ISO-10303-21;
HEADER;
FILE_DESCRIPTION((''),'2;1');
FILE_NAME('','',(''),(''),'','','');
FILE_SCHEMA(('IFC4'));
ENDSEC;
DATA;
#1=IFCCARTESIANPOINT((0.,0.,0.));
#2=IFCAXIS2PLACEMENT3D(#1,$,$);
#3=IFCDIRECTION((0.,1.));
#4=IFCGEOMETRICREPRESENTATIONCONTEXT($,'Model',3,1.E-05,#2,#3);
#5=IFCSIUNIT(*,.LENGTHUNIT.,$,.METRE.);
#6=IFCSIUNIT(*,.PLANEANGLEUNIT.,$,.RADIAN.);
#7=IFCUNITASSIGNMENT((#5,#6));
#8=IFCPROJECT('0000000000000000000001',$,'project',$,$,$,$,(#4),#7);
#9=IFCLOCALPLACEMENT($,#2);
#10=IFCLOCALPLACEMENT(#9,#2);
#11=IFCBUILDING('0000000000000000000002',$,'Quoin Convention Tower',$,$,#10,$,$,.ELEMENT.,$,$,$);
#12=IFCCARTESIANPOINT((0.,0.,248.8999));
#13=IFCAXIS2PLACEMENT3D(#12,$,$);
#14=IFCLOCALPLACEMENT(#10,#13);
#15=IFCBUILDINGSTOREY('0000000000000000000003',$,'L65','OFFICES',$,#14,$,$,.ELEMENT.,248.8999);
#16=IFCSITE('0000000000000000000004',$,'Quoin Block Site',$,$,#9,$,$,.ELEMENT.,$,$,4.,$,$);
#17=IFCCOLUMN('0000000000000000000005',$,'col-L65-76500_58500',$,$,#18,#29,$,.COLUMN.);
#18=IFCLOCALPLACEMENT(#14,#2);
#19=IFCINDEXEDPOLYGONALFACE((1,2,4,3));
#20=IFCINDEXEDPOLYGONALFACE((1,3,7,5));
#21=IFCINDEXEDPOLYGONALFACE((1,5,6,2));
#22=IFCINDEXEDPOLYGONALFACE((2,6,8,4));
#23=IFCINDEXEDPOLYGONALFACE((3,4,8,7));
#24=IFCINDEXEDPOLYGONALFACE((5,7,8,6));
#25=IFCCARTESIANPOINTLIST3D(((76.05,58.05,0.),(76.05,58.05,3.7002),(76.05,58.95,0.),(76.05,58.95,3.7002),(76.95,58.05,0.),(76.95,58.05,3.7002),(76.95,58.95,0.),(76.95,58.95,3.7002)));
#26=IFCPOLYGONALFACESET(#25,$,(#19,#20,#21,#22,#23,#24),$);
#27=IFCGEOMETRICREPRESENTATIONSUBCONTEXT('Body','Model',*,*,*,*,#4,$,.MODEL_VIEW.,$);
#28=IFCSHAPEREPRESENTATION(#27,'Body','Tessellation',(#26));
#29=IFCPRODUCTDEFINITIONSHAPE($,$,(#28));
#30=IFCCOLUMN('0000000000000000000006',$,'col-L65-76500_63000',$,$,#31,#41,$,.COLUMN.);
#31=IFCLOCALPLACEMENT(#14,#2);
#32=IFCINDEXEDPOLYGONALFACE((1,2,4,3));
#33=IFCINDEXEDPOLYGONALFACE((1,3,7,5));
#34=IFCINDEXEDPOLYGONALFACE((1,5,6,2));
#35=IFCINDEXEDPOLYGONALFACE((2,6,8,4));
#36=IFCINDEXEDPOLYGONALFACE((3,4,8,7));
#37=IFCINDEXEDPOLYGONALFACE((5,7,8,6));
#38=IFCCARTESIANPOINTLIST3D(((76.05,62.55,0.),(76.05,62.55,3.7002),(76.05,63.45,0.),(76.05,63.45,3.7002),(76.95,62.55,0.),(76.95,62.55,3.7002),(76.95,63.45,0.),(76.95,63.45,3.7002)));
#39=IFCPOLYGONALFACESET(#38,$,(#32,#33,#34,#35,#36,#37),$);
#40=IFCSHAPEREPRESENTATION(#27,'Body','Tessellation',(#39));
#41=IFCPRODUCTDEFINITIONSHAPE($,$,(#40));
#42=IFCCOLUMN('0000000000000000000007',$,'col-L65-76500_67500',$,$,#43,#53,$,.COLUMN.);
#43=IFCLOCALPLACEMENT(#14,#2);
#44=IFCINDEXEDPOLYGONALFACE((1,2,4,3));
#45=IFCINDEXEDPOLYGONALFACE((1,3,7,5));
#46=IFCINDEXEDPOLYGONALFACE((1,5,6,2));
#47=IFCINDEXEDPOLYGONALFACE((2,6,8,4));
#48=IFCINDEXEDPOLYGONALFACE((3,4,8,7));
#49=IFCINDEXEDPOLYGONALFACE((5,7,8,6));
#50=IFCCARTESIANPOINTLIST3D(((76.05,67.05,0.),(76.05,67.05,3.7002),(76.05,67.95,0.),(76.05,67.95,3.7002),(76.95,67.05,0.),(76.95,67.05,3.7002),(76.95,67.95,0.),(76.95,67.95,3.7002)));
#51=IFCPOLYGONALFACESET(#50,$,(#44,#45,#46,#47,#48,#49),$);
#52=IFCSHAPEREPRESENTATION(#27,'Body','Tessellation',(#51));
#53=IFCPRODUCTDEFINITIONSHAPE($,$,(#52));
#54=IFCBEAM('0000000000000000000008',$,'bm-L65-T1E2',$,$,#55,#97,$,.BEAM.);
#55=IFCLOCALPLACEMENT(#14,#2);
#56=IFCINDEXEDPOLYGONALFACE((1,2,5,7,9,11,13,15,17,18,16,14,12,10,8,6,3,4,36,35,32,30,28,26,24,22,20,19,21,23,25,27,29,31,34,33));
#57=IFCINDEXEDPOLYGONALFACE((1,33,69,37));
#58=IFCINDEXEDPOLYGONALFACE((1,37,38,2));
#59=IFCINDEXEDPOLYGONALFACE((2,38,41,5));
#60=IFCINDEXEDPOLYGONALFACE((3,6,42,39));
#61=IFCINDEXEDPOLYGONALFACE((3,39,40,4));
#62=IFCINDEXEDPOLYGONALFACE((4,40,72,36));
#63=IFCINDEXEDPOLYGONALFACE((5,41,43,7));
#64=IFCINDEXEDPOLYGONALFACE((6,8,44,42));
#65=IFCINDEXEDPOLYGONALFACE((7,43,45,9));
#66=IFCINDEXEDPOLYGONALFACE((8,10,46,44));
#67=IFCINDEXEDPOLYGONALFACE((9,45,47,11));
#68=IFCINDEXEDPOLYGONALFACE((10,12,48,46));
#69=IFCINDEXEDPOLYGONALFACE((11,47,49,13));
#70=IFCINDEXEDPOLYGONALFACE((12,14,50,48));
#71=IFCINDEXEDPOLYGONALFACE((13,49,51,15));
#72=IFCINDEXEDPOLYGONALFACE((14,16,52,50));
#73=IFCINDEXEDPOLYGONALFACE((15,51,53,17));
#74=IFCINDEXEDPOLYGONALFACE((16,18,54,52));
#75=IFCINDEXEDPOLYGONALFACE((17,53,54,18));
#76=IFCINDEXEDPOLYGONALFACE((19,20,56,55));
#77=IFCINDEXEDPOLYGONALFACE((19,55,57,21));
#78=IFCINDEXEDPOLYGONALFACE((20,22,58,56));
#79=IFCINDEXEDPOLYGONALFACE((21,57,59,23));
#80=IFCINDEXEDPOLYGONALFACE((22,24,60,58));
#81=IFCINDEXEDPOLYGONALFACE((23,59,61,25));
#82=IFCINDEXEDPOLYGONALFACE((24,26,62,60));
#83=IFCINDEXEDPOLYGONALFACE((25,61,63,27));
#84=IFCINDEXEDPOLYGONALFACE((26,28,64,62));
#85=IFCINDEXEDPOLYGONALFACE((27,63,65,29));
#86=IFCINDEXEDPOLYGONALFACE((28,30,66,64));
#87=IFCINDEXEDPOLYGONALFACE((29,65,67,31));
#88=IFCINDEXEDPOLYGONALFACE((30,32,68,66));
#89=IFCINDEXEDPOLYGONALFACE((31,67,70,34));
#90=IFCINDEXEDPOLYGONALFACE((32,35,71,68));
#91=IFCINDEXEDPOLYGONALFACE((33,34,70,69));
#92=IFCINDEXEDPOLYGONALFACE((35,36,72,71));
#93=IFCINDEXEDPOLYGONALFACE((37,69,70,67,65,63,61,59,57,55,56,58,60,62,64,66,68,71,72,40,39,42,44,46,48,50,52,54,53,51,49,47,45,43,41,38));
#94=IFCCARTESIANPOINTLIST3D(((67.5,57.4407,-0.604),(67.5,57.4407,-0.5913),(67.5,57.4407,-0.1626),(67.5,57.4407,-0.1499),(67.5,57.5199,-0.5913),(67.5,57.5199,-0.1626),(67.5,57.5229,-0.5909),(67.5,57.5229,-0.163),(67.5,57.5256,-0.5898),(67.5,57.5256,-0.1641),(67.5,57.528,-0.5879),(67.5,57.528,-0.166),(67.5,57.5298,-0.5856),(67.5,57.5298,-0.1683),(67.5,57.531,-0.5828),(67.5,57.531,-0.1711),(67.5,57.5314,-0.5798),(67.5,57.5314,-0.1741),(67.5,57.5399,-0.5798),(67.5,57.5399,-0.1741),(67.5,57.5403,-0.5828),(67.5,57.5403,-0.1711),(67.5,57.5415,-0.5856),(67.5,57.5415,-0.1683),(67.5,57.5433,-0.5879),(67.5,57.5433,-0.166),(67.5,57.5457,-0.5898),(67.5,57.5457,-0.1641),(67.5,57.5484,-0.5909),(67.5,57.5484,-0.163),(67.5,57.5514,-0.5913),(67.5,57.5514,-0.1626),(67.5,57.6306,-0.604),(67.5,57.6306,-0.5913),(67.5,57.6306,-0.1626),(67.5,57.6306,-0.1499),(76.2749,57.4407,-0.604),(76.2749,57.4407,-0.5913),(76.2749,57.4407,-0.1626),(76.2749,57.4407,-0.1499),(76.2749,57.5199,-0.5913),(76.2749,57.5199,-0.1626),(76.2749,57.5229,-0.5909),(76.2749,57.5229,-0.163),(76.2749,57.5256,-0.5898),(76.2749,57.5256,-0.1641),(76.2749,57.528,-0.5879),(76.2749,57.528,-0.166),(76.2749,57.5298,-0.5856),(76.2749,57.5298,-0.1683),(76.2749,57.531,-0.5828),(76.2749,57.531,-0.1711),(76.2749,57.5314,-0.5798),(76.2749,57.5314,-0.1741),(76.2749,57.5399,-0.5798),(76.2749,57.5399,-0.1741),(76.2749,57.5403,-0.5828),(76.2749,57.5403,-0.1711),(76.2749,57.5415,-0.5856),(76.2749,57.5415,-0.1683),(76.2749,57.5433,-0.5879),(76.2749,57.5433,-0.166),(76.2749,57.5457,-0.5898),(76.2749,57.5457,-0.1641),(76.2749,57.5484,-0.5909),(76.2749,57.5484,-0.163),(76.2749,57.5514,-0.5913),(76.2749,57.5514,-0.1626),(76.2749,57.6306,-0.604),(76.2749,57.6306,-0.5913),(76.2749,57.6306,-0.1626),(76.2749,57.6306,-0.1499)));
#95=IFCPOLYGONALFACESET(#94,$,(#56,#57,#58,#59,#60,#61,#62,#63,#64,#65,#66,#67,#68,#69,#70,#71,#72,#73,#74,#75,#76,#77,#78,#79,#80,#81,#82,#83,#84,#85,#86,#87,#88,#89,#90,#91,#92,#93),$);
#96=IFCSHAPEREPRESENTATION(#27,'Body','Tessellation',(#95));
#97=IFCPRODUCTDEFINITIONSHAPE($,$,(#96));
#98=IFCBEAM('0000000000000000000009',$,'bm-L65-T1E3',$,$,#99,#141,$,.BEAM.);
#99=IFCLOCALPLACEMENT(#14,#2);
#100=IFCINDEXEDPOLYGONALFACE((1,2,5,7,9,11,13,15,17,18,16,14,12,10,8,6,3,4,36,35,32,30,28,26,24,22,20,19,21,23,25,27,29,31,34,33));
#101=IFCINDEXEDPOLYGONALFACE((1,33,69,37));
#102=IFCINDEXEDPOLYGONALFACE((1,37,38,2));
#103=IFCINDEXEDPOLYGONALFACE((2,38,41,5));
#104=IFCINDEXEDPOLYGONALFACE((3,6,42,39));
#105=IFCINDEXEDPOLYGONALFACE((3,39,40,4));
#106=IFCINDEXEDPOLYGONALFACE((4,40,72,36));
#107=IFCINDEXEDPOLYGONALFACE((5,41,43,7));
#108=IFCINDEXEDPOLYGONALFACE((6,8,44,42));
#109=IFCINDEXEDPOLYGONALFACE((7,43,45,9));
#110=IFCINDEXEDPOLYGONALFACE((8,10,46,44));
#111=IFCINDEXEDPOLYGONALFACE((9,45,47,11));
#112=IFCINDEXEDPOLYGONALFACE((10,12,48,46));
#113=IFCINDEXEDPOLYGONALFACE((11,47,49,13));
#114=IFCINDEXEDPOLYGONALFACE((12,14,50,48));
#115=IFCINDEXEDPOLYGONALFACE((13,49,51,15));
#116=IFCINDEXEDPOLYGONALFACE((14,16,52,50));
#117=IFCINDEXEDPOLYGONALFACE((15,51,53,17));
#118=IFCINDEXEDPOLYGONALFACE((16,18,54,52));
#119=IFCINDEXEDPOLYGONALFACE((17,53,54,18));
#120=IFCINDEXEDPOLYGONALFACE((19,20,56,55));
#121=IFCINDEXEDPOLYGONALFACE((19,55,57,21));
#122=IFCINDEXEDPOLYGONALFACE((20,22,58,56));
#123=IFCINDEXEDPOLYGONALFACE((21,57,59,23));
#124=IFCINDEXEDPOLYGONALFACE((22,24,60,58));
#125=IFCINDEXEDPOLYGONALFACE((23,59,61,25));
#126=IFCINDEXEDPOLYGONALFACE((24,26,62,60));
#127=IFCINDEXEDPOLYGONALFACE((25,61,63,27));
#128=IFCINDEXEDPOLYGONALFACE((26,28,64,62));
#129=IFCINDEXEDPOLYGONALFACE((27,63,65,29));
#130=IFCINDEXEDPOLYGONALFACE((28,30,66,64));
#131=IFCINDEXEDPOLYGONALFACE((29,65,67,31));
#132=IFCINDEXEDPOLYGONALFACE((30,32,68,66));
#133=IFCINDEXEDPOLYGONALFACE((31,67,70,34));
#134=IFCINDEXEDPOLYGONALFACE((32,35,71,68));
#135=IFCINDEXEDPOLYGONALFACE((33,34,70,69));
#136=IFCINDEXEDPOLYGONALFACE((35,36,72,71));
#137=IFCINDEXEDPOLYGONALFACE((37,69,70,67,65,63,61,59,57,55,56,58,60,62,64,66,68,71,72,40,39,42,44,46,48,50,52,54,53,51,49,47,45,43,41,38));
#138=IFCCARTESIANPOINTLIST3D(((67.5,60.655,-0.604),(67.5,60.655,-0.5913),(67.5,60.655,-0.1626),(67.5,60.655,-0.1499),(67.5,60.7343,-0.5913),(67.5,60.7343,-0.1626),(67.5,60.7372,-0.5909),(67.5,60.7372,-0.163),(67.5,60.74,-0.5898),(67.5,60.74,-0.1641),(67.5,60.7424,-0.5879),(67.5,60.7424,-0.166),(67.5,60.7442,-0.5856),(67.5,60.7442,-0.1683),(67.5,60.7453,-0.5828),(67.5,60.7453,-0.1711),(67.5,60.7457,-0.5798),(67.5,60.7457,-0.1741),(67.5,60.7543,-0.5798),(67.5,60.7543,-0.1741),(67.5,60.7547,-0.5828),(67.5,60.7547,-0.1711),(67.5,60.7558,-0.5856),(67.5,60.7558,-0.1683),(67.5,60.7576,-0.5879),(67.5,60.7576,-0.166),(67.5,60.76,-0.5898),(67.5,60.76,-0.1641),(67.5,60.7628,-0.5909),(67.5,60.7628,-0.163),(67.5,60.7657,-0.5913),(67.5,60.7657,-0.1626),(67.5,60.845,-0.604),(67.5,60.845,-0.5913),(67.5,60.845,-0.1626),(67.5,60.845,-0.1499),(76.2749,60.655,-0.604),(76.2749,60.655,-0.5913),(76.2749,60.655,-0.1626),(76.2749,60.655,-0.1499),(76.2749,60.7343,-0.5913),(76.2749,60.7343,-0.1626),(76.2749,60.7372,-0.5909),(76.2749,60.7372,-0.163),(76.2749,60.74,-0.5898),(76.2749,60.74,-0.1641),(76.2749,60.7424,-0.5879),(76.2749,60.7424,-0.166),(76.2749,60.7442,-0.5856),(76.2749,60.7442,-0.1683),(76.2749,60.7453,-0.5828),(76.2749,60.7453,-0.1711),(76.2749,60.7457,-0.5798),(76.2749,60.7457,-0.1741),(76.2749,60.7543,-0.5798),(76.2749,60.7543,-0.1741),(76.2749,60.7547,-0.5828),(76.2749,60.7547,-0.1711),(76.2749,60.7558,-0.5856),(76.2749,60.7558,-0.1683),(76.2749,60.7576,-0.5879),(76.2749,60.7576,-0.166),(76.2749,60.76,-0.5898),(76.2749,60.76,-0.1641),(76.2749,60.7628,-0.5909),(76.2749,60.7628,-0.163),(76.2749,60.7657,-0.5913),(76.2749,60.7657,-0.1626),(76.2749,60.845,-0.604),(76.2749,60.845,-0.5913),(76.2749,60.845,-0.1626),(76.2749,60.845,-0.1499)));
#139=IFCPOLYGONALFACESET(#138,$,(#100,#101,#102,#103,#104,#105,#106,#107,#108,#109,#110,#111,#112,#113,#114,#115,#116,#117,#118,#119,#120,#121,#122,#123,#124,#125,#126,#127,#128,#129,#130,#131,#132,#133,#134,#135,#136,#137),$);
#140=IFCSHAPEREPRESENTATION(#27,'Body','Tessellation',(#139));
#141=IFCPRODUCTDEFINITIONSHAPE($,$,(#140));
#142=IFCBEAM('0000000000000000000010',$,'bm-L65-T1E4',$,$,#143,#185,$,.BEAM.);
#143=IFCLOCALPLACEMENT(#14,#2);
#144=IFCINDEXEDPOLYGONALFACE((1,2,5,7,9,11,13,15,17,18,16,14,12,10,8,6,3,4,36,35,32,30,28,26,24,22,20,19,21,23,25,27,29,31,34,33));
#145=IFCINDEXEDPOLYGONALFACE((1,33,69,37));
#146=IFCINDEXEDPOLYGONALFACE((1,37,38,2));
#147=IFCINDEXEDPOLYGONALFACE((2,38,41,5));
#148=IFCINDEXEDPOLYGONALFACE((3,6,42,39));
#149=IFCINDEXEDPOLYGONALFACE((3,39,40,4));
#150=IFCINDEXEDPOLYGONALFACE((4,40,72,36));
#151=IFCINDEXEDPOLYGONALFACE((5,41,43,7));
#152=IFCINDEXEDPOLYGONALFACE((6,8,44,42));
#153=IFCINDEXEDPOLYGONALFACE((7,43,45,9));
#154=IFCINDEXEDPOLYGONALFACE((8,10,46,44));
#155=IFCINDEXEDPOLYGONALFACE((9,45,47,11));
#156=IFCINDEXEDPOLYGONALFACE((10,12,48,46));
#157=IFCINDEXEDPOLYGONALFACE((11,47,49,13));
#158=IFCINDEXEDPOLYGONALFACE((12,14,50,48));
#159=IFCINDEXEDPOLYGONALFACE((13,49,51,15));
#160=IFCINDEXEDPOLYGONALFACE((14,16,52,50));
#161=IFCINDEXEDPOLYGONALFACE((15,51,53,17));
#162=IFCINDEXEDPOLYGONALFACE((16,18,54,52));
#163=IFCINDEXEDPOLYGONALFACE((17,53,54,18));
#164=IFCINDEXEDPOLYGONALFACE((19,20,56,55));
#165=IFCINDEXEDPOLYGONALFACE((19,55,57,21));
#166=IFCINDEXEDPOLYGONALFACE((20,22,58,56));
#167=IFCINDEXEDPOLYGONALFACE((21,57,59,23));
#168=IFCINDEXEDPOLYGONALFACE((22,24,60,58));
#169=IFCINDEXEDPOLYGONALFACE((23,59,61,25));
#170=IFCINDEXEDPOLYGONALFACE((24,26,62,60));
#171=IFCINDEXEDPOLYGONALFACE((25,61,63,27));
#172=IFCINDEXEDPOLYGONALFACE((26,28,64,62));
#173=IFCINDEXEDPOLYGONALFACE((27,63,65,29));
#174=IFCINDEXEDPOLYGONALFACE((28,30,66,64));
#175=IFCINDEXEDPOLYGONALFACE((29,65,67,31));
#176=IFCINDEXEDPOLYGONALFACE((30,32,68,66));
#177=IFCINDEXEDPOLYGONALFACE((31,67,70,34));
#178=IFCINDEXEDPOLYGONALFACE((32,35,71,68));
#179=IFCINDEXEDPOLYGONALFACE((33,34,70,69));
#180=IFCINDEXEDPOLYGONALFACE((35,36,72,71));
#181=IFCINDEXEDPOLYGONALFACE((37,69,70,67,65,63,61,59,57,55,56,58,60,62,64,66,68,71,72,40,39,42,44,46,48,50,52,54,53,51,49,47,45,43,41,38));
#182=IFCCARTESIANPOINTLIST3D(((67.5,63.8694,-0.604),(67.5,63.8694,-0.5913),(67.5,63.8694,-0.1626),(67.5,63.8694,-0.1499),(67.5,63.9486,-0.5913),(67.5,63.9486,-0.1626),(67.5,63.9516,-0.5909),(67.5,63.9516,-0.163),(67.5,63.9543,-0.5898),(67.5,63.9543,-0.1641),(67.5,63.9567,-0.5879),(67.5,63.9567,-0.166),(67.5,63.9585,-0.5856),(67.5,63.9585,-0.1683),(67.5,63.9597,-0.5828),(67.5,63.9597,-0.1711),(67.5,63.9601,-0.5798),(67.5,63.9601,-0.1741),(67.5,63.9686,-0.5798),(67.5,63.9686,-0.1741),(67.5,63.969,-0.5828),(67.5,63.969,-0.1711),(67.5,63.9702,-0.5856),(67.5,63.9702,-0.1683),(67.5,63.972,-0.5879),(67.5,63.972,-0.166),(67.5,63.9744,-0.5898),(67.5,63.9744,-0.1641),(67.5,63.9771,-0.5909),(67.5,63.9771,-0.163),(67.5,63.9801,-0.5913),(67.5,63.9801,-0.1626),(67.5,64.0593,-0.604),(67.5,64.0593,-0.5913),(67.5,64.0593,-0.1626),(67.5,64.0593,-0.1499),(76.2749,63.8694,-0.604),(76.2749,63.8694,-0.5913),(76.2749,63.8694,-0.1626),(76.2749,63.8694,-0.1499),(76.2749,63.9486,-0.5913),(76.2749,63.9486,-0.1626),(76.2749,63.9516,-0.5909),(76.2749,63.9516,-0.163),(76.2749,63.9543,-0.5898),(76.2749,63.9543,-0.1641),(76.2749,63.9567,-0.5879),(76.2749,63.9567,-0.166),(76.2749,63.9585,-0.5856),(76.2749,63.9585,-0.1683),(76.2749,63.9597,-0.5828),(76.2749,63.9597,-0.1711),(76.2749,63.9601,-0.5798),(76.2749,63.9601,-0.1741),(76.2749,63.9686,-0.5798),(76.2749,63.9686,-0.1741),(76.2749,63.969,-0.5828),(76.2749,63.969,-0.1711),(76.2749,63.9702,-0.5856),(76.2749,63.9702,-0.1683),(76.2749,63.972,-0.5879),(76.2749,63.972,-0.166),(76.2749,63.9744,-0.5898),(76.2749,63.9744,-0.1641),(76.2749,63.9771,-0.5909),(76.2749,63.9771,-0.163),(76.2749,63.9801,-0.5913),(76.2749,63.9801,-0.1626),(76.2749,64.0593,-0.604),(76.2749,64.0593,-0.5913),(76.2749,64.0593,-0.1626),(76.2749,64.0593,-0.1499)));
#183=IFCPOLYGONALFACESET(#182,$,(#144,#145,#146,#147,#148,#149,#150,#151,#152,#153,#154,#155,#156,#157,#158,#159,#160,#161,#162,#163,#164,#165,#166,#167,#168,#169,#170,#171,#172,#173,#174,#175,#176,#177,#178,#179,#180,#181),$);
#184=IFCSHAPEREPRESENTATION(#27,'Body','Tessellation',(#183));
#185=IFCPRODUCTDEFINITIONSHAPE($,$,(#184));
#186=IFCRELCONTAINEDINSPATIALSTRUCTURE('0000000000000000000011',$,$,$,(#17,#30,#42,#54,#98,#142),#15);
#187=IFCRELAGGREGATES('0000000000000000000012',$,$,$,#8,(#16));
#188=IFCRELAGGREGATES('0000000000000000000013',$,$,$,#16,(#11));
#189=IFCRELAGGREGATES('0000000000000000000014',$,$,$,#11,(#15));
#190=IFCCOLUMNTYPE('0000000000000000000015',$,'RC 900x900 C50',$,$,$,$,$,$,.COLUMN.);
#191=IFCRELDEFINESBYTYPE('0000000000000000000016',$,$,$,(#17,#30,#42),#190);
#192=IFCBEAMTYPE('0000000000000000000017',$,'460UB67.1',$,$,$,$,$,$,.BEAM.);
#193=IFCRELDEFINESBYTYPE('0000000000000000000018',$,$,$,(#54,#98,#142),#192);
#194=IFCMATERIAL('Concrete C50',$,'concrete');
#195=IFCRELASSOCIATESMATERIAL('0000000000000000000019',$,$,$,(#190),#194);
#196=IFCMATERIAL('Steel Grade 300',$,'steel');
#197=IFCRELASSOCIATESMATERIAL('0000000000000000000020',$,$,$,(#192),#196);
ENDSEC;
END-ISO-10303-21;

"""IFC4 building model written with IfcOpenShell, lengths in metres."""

from ifc_helpers import new_model, si_unit, direction, frame, origin, origin_2d, place, context, subcontext, project, spatial, rectangle, i_section, extrude, material, material_profile, profile_set, type_object, element, save


model = new_model("IFC4")

# Units and contexts
model_context = context("Model", 3, precision=1e-05, world=origin(), true_north=direction((0.0, 1.0)))
body_context = subcontext(model_context, "Body", "Model", "MODEL_VIEW")
ifc_project = project(units=[si_unit("LENGTHUNIT", "METRE"), si_unit("PLANEANGLEUNIT", "RADIAN")], contexts=[model_context])

# Site, building, storey
site_placement = place(None, origin())
site = spatial("IfcSite", under=ifc_project, at=site_placement, Name="Quoin Block Site", CompositionType="ELEMENT", RefElevation=4.0)
building_placement = place(site_placement, origin())
building = spatial("IfcBuilding", under=site, at=building_placement, Name="Quoin Convention Tower", CompositionType="ELEMENT")
storey_placement = place(building_placement, frame((0.0, 0.0, 248.8999)))
storey = spatial("IfcBuildingStorey", under=building, at=storey_placement, Name="L65", Description="OFFICES", CompositionType="ELEMENT", Elevation=248.8999)

# Columns
ifc_material_1 = material(Name="Concrete C50", Category="concrete")
ifc_material_profile_1 = material_profile(ifc_material_1, rectangle(XDim=0.8999, YDim=0.8999, at=origin_2d()), Name="RC 900x900")
ifc_profile_set_1 = profile_set([ifc_material_profile_1], Name="Concrete C50")
column_type = type_object("IfcColumnType", Name="RC 900x900 C50", PredefinedType="COLUMN", material=ifc_profile_set_1)
for number, where, z_axis, x_axis, name in (
    (1, (76.5, 58.5, 0.0), (0.0, 0.0, 1.0), (1.0, 0.0, 0.0), "col-L65-76500_58500"),
    (2, (76.5, 63.0, 0.0), (0.0, 0.0, 1.0), (1.0, 0.0, 0.0), "col-L65-76500_63000"),
    (3, (76.5, 67.5, 0.0), (0.0, 0.0, 1.0), (1.0, 0.0, 0.0), "col-L65-76500_67500"),
):
    element("IfcColumn", number, at=place(storey_placement, frame(where, z_axis=z_axis, x_axis=x_axis)), inside=storey, type_object=column_type, Name=name, PredefinedType="COLUMN", context=body_context, shape_type="SweptSolid", body=[
        extrude(rectangle(XDim=0.8999, YDim=0.8999, at=origin_2d()), origin(), (0.0, 0.0, 1.0), 3.7002),
    ])

# Beams
ifc_material_2 = material(Name="Steel Grade 300", Category="steel")
ifc_material_profile_2 = material_profile(ifc_material_2, i_section(OverallWidth=0.1899, OverallDepth=0.4541, WebThickness=0.0085, FlangeThickness=0.0127, FilletRadius=0.0115, at=origin_2d()), Name="460UB67.1")
ifc_profile_set_2 = profile_set([ifc_material_profile_2], Name="Steel Grade 300")
beam_type_1 = type_object("IfcBeamType", Name="460UB67.1", PredefinedType="BEAM", material=ifc_profile_set_2)
for number, where, z_axis, x_axis, name in (
    (4, (67.5, 57.5356, -0.377), (1.0, 0.0, 0.0), (0.0, 1.0, 0.0), "bm-L65-T1E2"),
    (5, (67.5, 60.75, -0.377), (1.0, 0.0, 0.0), (0.0, 1.0, 0.0), "bm-L65-T1E3"),
    (6, (67.5, 63.9644, -0.377), (1.0, 0.0, 0.0), (0.0, 1.0, 0.0), "bm-L65-T1E4"),
):
    element("IfcBeam", number, at=place(storey_placement, frame(where, z_axis=z_axis, x_axis=x_axis)), inside=storey, type_object=beam_type_1, Name=name, PredefinedType="BEAM", context=body_context, shape_type="SweptSolid", body=[
        extrude(i_section(OverallWidth=0.1899, OverallDepth=0.4541, WebThickness=0.0085, FlangeThickness=0.0127, FilletRadius=0.0115, at=origin_2d()), origin(), (0.0, 0.0, 1.0), 8.7749),
    ])

save(model, "model.ifc")
